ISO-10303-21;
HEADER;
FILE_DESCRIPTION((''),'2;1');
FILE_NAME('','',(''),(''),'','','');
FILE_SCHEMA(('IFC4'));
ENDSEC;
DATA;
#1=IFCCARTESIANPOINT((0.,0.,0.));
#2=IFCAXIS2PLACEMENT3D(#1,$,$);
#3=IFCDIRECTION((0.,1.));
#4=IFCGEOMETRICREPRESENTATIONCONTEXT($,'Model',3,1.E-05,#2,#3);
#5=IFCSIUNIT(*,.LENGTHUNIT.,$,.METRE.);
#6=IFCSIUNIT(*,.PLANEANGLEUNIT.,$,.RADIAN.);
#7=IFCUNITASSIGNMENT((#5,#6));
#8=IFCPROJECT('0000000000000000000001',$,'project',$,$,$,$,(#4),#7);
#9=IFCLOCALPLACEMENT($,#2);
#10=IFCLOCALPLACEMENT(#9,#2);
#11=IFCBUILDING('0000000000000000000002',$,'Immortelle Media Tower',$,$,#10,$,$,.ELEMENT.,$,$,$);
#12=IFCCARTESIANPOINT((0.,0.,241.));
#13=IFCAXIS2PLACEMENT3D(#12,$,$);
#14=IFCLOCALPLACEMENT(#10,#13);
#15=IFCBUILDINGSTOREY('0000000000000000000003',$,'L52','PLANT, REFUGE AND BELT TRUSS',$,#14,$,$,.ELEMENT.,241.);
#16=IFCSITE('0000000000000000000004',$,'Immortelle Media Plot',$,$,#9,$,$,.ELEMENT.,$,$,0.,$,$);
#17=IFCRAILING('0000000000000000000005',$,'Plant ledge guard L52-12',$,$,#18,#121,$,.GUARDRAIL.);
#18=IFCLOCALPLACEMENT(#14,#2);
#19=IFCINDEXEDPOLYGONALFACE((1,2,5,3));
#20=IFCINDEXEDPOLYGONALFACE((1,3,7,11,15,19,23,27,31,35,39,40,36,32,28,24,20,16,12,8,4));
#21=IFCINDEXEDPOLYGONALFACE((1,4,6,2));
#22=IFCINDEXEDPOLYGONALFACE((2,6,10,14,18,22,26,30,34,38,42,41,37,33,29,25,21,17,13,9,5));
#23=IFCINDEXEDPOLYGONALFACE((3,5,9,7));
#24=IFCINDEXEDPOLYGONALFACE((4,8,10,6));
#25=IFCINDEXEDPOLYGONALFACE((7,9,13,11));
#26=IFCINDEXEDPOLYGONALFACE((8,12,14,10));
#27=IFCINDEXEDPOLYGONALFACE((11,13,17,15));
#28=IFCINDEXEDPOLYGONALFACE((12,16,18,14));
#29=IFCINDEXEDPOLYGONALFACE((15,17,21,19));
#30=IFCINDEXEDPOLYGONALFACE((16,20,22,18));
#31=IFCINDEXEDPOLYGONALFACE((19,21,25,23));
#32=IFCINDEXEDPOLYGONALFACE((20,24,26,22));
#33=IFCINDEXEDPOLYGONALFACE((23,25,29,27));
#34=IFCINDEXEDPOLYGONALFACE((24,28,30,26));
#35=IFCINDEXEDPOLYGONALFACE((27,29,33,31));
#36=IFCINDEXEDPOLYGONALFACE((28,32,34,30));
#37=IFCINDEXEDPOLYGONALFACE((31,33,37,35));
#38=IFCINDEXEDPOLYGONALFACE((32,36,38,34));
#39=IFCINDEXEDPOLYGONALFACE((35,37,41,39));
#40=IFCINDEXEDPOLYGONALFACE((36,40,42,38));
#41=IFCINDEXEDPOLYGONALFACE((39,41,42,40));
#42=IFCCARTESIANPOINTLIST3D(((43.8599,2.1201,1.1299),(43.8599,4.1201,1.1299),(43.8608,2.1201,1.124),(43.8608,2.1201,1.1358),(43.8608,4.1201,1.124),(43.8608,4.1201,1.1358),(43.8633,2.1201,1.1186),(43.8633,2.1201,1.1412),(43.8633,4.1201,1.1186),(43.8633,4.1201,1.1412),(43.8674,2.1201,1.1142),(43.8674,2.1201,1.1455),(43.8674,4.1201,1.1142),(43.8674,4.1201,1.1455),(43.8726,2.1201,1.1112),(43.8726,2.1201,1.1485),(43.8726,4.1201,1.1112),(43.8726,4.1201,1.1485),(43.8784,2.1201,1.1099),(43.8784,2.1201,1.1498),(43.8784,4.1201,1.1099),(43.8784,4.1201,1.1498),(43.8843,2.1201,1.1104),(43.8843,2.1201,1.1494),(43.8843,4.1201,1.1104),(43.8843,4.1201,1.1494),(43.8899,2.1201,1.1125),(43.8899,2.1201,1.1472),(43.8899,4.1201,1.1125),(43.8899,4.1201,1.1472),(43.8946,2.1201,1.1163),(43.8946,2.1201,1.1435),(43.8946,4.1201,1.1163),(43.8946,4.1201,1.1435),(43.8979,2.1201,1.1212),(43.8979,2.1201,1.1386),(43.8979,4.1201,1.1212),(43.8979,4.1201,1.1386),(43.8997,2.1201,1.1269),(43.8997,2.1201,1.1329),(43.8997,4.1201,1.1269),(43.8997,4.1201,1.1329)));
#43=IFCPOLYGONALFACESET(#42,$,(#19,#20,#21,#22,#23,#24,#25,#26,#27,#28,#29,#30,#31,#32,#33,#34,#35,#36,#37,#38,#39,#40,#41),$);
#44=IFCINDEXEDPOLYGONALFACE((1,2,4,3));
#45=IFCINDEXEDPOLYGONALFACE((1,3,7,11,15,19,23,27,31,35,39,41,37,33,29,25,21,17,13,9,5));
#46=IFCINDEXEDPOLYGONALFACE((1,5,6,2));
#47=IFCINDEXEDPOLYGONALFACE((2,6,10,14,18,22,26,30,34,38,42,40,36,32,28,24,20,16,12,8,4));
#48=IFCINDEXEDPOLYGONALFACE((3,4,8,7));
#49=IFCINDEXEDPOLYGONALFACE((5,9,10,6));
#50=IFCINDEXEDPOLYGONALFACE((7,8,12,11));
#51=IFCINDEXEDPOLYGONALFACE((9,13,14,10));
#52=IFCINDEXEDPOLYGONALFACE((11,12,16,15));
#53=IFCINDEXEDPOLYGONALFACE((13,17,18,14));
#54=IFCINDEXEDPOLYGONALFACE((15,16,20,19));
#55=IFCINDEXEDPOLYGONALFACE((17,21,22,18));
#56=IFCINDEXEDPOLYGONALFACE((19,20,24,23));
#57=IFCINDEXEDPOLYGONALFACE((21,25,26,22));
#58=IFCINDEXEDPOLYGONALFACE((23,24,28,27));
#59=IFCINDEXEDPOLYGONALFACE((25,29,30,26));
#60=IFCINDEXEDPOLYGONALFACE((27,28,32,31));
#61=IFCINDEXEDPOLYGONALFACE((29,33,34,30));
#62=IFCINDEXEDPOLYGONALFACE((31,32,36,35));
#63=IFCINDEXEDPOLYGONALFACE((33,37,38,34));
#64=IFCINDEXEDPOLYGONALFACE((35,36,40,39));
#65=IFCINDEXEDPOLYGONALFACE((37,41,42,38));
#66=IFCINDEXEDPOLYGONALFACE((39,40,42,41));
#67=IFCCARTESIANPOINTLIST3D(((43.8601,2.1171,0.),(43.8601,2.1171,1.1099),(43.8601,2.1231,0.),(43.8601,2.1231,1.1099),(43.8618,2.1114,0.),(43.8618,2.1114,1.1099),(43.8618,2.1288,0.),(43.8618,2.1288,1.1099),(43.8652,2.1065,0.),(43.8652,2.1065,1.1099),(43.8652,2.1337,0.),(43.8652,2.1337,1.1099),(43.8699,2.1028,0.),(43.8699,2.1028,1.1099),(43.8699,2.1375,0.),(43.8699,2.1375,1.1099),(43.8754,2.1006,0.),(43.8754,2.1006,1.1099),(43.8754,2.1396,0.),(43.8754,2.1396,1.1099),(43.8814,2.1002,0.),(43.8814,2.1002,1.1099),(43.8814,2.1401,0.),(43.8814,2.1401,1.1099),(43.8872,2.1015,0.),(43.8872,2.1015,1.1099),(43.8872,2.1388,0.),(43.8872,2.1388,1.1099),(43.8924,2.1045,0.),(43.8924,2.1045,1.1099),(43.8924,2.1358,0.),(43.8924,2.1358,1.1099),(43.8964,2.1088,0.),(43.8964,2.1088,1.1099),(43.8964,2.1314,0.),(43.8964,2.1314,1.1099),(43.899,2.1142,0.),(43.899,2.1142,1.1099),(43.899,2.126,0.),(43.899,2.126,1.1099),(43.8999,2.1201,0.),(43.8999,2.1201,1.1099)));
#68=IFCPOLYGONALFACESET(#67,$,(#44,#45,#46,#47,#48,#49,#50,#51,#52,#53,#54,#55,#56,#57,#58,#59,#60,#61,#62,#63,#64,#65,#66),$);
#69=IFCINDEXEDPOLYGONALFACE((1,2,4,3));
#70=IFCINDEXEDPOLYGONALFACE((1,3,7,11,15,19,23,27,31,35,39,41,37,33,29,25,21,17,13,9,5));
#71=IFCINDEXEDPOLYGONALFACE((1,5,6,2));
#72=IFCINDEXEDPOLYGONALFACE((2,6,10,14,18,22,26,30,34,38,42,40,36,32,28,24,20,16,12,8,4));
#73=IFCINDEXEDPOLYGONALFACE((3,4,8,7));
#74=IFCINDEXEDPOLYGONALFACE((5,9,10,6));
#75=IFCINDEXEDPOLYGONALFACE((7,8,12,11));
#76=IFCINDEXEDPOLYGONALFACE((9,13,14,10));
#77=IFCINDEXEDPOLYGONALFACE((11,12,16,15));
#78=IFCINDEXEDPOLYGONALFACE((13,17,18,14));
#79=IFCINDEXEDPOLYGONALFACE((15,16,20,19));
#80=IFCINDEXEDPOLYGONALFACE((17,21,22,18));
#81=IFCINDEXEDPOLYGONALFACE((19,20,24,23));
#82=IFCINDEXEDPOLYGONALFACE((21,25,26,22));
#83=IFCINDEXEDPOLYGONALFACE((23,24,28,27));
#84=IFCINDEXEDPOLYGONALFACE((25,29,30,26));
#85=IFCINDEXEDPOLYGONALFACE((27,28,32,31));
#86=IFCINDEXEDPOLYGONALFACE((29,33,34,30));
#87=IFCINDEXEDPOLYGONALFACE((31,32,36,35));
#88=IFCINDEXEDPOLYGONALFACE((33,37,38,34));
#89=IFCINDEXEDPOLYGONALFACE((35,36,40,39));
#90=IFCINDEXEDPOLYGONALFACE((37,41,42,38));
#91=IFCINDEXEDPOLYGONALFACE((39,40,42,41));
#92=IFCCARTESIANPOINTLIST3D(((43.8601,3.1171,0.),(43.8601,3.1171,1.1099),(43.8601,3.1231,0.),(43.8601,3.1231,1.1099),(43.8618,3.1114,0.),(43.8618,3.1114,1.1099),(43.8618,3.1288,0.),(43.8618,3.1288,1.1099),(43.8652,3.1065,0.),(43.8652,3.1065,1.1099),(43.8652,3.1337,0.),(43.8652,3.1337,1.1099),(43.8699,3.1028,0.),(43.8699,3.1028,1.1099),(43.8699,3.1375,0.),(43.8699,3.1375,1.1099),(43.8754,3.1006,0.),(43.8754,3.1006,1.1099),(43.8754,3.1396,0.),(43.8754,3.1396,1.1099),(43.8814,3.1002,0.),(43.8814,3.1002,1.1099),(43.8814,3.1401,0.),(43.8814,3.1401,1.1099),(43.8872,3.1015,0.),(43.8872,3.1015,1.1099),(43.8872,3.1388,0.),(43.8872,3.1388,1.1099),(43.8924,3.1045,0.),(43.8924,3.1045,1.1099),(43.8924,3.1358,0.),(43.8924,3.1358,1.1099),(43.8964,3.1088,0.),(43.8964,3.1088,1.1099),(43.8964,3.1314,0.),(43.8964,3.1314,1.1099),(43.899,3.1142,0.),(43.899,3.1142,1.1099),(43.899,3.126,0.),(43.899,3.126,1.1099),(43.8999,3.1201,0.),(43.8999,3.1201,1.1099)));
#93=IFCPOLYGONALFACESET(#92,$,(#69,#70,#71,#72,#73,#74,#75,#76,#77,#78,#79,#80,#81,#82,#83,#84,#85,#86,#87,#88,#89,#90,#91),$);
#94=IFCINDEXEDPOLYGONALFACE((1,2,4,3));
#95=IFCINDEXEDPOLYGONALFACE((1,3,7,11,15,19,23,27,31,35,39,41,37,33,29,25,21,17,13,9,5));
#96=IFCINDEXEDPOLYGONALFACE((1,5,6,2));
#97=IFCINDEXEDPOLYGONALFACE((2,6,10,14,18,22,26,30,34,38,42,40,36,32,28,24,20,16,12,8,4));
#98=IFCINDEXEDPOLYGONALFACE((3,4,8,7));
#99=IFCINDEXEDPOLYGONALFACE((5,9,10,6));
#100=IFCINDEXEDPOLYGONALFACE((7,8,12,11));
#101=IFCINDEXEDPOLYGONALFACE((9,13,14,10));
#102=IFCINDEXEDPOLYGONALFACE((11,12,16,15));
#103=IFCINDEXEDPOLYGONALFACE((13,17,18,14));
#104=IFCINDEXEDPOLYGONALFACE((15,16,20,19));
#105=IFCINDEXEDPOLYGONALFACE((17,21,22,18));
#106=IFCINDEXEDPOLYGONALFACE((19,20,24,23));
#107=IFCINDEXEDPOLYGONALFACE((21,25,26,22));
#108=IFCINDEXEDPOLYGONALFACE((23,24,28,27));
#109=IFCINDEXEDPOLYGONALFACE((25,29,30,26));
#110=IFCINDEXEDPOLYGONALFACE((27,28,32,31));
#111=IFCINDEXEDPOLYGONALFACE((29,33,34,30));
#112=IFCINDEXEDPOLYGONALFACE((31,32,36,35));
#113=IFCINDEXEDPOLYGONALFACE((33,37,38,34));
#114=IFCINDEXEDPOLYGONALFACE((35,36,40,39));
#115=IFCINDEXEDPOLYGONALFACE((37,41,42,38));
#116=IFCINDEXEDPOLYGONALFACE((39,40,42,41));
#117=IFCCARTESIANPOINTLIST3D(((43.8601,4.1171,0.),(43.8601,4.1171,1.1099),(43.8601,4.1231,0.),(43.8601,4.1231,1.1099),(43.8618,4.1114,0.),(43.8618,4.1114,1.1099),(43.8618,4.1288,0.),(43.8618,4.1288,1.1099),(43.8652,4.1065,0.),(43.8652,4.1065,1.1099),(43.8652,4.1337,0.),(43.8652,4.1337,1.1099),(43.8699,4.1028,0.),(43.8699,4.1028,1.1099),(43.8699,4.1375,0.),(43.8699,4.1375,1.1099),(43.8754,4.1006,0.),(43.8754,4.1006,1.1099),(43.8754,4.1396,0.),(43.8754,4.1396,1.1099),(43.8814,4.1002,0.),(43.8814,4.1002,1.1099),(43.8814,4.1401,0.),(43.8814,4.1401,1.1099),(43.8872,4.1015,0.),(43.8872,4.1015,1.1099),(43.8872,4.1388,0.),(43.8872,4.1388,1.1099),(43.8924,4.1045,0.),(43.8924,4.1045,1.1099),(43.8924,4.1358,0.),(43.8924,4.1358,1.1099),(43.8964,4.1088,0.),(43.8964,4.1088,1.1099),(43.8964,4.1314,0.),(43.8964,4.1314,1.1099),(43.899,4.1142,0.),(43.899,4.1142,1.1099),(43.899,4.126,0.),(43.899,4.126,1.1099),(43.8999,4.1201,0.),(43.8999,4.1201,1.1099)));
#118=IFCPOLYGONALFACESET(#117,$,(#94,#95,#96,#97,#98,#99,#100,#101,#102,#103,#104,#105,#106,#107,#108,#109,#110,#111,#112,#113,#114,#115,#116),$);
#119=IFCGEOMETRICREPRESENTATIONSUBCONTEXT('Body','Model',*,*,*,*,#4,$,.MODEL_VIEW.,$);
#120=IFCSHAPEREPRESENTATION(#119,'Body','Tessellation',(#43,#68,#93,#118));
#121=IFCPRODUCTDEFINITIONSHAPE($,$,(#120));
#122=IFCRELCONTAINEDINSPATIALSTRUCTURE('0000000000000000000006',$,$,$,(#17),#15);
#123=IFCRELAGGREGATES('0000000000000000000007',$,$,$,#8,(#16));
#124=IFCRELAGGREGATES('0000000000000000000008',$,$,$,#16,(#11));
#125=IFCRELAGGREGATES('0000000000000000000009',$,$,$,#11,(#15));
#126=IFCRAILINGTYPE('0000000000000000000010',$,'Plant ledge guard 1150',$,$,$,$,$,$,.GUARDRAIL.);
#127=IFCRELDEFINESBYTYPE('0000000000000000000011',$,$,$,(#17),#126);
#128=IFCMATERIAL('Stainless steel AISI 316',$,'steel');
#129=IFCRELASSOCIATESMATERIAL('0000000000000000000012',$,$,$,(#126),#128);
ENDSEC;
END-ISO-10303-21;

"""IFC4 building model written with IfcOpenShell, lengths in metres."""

from ifc_helpers import new_model, si_unit, direction, frame, origin, origin_2d, place, context, subcontext, project, spatial, circle, extrude, material, type_object, element, save


model = new_model("IFC4")

# Units and contexts
model_context = context("Model", 3, precision=1e-05, world=origin(), true_north=direction((0.0, 1.0)))
body_context = subcontext(model_context, "Body", "Model", "MODEL_VIEW")
ifc_project = project(units=[si_unit("LENGTHUNIT", "METRE"), si_unit("PLANEANGLEUNIT", "RADIAN")], contexts=[model_context])

# Site, building, storey
site_placement = place(None, origin())
site = spatial("IfcSite", under=ifc_project, at=site_placement, Name="Immortelle Media Plot", CompositionType="ELEMENT", RefElevation=0.0)
building_placement = place(site_placement, origin())
building = spatial("IfcBuilding", under=site, at=building_placement, Name="Immortelle Media Tower", CompositionType="ELEMENT")
storey_placement = place(building_placement, frame((0.0, 0.0, 241.0)))
storey = spatial("IfcBuildingStorey", under=building, at=storey_placement, Name="L52", Description="PLANT, REFUGE AND BELT TRUSS", CompositionType="ELEMENT", Elevation=241.0)

# Railing
ifc_material_1 = material(Name="Stainless steel AISI 316", Category="steel")
railing_type = type_object("IfcRailingType", Name="Plant ledge guard 1150", PredefinedType="GUARDRAIL", material=ifc_material_1)
railing_1_placement = place(storey_placement, frame((43.8799, 2.1201, 0.0)))
element("IfcRailing", 1, at=railing_1_placement, inside=storey, type_object=railing_type, Name="Plant ledge guard L52-12", PredefinedType="GUARDRAIL", context=body_context, shape_type="SweptSolid", body=[
    extrude(circle(Radius=0.02, at=origin_2d()), frame((0.0, 0.0, 1.1299), z_axis=(0.0, 1.0, 0.0), x_axis=(-1.0, 0.0, 0.0)), (0.0, 0.0, 1.0), 2.0),
    extrude(circle(Radius=0.02, at=origin_2d()), origin(), (0.0, 0.0, 1.0), 1.1099),
    extrude(circle(Radius=0.02, at=origin_2d()), frame((0.0, 1.0, 0.0)), (0.0, 0.0, 1.0), 1.1099),
    extrude(circle(Radius=0.02, at=origin_2d()), frame((0.0, 2.0, 0.0)), (0.0, 0.0, 1.0), 1.1099),
])

save(model, "model.ifc")
